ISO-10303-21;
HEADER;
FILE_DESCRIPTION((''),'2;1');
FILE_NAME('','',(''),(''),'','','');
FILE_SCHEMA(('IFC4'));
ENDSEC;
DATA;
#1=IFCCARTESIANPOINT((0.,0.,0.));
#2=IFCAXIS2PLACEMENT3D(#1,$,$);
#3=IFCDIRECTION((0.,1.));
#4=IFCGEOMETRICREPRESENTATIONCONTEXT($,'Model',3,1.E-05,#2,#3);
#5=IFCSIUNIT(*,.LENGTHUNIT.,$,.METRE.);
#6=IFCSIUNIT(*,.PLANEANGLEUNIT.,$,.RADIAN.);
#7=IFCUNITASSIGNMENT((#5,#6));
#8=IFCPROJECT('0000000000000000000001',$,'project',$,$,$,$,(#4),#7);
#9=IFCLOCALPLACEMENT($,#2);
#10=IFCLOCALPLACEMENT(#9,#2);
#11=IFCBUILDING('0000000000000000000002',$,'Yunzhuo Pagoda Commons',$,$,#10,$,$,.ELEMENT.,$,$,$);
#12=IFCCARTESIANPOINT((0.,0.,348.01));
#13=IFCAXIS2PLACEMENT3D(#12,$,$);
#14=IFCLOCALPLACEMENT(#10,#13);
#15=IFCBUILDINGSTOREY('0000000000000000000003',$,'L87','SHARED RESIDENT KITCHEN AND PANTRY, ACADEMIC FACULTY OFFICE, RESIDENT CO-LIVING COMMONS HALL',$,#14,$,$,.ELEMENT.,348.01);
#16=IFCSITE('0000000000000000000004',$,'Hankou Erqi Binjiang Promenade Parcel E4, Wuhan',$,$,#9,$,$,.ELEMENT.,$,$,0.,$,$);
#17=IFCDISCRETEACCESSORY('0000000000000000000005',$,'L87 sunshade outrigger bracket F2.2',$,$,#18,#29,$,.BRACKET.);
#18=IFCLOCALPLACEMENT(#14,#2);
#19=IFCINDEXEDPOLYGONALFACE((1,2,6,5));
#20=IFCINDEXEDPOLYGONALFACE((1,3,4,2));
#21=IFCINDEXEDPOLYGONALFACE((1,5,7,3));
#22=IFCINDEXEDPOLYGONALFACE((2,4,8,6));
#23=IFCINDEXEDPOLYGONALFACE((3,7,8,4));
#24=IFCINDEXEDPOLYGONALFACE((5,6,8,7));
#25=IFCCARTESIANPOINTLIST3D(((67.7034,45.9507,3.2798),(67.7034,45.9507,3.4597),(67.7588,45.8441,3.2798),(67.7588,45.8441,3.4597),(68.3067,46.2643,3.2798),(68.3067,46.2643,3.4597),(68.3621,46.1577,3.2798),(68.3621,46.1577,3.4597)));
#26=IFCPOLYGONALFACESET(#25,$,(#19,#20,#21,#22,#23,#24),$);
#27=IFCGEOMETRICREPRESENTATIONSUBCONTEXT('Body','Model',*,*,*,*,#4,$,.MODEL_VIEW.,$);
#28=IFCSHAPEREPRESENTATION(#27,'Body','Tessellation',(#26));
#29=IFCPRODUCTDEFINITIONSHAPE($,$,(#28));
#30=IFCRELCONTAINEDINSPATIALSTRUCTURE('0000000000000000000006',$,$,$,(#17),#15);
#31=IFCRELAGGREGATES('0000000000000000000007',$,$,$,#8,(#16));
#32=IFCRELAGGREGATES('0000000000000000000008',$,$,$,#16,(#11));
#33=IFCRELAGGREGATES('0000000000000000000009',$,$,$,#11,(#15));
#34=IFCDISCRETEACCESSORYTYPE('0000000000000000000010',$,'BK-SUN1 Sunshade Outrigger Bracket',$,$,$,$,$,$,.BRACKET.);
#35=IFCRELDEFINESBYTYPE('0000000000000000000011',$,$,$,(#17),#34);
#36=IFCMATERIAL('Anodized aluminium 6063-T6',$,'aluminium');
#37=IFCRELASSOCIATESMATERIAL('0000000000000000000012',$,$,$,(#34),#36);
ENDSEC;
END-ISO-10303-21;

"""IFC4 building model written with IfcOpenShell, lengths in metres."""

from ifc_helpers import new_model, si_unit, direction, frame, origin, origin_2d, place, context, subcontext, project, spatial, rectangle, extrude, source, transform, mapped, material, type_object, element, save


model = new_model("IFC4")

# Units and contexts
model_context = context("Model", 3, precision=1e-05, world=origin(), true_north=direction((0.0, 1.0)))
body_context = subcontext(model_context, "Body", "Model", "MODEL_VIEW")
ifc_project = project(units=[si_unit("LENGTHUNIT", "METRE"), si_unit("PLANEANGLEUNIT", "RADIAN")], contexts=[model_context])

# Site, building, storey
site_placement = place(None, origin())
site = spatial("IfcSite", under=ifc_project, at=site_placement, Name="Hankou Erqi Binjiang Promenade Parcel E4, Wuhan", CompositionType="ELEMENT", RefElevation=0.0)
building_placement = place(site_placement, origin())
building = spatial("IfcBuilding", under=site, at=building_placement, Name="Yunzhuo Pagoda Commons", CompositionType="ELEMENT")
storey_placement = place(building_placement, frame((0.0, 0.0, 348.01)))
storey = spatial("IfcBuildingStorey", under=building, at=storey_placement, Name="L87", Description="SHARED RESIDENT KITCHEN AND PANTRY, ACADEMIC FACULTY OFFICE, RESIDENT CO-LIVING COMMONS HALL", CompositionType="ELEMENT", Elevation=348.01)

# Shared definitions
ifc_material_1 = material(Name="Anodized aluminium 6063-T6", Category="aluminium")

# Discrete accessory
discrete_accessory_type = type_object("IfcDiscreteAccessoryType", Name="BK-SUN1 Sunshade Outrigger Bracket", PredefinedType="BRACKET", material=ifc_material_1)
shared_shape_1 = source(origin(), body_context, "Body", "SweptSolid", [
    extrude(rectangle(XDim=0.1201, YDim=0.6799, at=origin_2d()), origin(), (0.0, 0.0, 1.0), 0.1799),
])
discrete_accessory_placement = place(storey_placement, frame((68.0327, 46.0542, 3.2798), z_axis=(0.0, 0.0, 1.0), x_axis=(-0.461191, 0.887301, 0.0)))
element("IfcDiscreteAccessory", 1, at=discrete_accessory_placement, inside=storey, type_object=discrete_accessory_type, Name="L87 sunshade outrigger bracket F2.2", PredefinedType="BRACKET", context=body_context, shape_type="MappedRepresentation", body=[
    mapped(shared_shape_1, transform((0.0, 0.0, 0.0), scale=1.0)),
])

save(model, "model.ifc")
